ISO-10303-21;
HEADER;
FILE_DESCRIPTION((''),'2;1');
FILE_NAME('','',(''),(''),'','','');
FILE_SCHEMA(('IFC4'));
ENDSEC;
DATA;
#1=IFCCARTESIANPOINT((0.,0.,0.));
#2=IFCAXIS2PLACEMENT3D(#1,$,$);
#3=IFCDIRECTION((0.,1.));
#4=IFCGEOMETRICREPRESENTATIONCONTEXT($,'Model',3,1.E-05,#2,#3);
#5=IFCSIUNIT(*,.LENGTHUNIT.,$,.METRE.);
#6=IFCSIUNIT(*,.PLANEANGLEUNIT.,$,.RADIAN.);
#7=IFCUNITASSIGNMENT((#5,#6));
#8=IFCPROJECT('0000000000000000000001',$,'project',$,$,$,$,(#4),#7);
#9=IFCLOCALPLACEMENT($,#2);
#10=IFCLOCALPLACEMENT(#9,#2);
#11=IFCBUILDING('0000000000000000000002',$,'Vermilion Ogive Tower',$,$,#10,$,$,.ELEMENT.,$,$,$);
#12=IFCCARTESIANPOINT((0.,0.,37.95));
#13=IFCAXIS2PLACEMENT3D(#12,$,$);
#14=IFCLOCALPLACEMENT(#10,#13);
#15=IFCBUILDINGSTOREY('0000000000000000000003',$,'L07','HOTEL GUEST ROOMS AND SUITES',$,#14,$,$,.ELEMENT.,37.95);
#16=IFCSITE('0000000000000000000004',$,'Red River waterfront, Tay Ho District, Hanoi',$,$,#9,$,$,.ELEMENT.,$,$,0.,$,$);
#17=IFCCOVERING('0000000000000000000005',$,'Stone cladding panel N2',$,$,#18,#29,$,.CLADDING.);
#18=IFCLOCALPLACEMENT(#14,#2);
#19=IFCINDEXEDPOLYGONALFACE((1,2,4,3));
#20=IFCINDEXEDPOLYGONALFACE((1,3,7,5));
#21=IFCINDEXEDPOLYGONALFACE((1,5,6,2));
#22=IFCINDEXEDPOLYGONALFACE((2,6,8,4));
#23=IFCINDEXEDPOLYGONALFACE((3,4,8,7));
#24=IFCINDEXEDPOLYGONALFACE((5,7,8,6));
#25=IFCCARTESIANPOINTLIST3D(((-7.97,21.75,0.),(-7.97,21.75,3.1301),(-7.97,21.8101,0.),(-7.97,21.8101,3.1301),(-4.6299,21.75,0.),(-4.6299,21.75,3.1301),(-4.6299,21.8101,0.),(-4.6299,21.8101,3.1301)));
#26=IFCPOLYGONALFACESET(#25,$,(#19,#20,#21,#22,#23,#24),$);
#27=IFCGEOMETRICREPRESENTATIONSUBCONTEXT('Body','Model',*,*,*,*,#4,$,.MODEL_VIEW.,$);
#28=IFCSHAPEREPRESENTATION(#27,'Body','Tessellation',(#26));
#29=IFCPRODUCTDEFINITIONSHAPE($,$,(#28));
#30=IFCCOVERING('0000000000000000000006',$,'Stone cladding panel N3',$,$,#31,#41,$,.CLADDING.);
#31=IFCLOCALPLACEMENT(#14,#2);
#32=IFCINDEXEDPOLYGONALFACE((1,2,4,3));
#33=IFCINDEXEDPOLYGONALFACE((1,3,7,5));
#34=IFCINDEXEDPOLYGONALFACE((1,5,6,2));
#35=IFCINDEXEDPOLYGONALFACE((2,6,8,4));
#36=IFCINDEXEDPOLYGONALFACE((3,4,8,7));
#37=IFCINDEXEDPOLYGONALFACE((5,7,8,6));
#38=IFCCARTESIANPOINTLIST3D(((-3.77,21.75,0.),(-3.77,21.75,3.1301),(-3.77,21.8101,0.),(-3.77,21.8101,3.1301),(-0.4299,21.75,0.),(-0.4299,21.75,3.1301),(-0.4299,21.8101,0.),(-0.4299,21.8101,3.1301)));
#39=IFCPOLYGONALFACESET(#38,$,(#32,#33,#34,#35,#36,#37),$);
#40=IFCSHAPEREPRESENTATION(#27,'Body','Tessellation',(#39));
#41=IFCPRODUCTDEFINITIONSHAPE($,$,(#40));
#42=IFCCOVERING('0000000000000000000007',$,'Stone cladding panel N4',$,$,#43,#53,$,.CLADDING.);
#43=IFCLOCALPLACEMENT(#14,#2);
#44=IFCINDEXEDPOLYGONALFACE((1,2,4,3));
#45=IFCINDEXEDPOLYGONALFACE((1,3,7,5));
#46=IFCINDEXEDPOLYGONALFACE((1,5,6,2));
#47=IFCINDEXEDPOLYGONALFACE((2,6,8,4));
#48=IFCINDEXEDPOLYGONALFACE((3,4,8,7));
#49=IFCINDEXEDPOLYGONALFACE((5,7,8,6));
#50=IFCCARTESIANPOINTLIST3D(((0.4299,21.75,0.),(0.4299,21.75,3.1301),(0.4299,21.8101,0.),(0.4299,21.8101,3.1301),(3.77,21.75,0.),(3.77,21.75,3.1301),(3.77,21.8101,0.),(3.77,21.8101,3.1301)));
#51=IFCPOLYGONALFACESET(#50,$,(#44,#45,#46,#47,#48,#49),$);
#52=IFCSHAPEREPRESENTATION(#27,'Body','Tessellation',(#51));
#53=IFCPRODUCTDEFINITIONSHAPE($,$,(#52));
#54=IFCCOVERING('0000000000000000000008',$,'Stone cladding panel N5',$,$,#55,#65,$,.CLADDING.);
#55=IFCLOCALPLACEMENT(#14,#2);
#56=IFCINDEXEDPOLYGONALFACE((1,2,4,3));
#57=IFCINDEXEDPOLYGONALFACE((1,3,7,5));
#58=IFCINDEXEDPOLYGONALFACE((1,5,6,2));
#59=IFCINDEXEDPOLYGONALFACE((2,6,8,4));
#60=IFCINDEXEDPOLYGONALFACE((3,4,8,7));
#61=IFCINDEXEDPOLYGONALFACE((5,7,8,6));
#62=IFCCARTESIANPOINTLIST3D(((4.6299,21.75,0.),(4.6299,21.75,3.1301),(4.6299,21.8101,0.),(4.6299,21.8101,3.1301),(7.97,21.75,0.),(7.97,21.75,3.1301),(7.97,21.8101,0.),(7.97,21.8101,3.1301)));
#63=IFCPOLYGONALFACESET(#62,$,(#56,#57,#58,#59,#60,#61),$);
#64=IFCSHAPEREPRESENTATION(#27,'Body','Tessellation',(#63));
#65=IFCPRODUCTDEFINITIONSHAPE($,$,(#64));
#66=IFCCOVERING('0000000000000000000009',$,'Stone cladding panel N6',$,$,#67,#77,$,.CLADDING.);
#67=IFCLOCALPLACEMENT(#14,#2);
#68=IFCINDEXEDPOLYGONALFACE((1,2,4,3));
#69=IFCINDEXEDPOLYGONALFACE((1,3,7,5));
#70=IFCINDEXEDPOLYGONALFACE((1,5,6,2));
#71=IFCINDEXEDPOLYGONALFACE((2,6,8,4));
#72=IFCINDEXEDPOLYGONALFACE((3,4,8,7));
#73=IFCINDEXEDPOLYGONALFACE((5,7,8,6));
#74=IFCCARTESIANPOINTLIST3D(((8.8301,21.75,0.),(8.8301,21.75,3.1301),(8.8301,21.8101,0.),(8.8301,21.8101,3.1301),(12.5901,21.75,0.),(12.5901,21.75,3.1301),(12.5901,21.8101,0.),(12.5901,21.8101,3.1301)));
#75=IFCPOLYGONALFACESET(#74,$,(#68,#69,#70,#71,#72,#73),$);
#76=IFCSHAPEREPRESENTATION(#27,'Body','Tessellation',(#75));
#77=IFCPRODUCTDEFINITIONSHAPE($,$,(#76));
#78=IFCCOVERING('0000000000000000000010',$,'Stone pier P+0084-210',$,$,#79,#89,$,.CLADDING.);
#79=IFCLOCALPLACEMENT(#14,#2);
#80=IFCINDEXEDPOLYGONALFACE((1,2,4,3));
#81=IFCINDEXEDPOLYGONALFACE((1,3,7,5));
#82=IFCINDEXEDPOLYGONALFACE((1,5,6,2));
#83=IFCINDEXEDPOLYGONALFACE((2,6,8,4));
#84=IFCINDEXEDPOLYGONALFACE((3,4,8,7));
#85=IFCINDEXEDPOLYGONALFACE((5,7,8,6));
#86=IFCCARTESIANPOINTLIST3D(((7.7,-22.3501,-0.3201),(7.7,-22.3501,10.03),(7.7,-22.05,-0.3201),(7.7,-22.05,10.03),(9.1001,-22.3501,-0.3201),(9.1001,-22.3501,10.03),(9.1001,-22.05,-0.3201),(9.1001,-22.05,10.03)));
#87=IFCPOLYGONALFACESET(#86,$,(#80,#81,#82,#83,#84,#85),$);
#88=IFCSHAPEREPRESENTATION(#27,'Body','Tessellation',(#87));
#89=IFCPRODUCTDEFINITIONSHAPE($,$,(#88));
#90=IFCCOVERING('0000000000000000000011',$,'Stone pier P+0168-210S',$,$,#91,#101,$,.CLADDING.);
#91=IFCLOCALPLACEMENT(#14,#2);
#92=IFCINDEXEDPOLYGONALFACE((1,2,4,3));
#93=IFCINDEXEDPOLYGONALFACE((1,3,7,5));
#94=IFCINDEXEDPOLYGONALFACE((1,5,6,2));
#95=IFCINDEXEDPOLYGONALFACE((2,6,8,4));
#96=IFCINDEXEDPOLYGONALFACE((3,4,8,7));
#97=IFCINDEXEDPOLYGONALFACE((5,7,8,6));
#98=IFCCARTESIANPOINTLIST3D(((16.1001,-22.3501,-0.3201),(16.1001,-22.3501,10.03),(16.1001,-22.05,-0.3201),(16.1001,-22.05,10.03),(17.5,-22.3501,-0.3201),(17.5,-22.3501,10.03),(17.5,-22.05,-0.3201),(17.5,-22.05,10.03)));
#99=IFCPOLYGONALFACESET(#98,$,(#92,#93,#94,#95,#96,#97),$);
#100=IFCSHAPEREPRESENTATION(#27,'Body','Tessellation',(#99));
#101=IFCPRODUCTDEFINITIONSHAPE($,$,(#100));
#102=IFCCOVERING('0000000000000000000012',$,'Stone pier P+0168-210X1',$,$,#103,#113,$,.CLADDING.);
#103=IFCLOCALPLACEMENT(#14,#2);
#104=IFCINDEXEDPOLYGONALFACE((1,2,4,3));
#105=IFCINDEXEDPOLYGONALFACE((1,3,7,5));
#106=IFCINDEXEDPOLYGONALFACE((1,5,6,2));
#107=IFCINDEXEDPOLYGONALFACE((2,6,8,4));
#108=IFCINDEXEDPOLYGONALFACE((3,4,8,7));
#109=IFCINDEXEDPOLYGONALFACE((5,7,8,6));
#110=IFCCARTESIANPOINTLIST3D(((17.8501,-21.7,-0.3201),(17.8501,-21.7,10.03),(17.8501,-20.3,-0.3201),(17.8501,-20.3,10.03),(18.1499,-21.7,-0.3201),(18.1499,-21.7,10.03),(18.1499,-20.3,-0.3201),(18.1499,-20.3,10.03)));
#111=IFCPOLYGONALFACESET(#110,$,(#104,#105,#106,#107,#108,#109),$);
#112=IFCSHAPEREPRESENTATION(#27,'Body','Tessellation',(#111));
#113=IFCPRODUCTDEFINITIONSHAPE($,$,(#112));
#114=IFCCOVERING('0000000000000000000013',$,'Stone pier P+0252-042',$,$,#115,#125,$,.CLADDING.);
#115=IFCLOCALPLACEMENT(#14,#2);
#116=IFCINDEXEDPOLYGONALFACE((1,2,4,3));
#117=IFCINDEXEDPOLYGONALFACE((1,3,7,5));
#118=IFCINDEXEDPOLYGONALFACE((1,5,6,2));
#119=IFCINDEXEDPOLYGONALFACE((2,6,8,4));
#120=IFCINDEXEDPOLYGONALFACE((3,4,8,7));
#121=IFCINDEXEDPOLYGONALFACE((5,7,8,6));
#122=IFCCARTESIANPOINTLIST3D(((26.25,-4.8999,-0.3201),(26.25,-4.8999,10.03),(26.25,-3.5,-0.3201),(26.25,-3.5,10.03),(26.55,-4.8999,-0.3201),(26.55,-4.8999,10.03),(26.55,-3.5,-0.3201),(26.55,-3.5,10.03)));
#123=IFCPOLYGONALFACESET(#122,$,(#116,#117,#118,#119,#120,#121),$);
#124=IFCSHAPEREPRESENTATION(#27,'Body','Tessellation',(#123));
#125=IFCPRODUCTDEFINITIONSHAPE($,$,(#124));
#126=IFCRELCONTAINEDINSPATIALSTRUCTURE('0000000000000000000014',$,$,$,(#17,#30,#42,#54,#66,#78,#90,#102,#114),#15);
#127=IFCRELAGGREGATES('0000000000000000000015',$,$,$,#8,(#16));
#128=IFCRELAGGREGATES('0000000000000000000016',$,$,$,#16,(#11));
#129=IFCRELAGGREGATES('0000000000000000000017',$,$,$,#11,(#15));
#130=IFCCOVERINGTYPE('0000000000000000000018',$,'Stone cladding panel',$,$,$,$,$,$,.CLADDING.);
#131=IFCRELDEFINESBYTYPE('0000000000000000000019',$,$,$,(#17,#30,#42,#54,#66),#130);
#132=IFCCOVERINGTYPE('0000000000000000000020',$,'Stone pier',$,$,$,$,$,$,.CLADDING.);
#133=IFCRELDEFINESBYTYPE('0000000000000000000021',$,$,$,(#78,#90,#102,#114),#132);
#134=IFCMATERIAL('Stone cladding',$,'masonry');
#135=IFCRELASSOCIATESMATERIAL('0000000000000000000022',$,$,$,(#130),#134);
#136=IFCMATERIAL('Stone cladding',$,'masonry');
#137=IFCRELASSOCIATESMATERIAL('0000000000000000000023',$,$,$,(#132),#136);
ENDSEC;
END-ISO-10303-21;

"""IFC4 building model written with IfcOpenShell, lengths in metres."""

from ifc_helpers import new_model, si_unit, direction, frame, origin, place, context, subcontext, project, spatial, polyline, outline, extrude, material, type_object, element, save


model = new_model("IFC4")

# Units and contexts
model_context = context("Model", 3, precision=1e-05, world=origin(), true_north=direction((0.0, 1.0)))
body_context = subcontext(model_context, "Body", "Model", "MODEL_VIEW")
ifc_project = project(units=[si_unit("LENGTHUNIT", "METRE"), si_unit("PLANEANGLEUNIT", "RADIAN")], contexts=[model_context])

# Site, building, storey
site_placement = place(None, origin())
site = spatial("IfcSite", under=ifc_project, at=site_placement, Name="Red River waterfront, Tay Ho District, Hanoi", CompositionType="ELEMENT", RefElevation=0.0)
building_placement = place(site_placement, origin())
building = spatial("IfcBuilding", under=site, at=building_placement, Name="Vermilion Ogive Tower", CompositionType="ELEMENT")
storey_placement = place(building_placement, frame((0.0, 0.0, 37.95)))
storey = spatial("IfcBuildingStorey", under=building, at=storey_placement, Name="L07", Description="HOTEL GUEST ROOMS AND SUITES", CompositionType="ELEMENT", Elevation=37.95)

# Coverings
ifc_material_1 = material(Name="Stone cladding", Category="masonry")
covering_type_1 = type_object("IfcCoveringType", Name="Stone cladding panel", PredefinedType="CLADDING", material=ifc_material_1)
covering_1_placement = place(storey_placement, origin())
element("IfcCovering", 1, at=covering_1_placement, inside=storey, type_object=covering_type_1, Name="Stone cladding panel N2", PredefinedType="CLADDING", context=body_context, shape_type="SweptSolid", body=[
    extrude(outline(polyline([(-7.97, 21.75), (-4.6299, 21.75), (-4.6299, 21.8101), (-7.97, 21.8101), (-7.97, 21.75)])), origin(), (0.0, 0.0, 1.0), 3.1301),
])
covering_2_placement = place(storey_placement, origin())
element("IfcCovering", 2, at=covering_2_placement, inside=storey, type_object=covering_type_1, Name="Stone cladding panel N3", PredefinedType="CLADDING", context=body_context, shape_type="SweptSolid", body=[
    extrude(outline(polyline([(-3.77, 21.75), (-0.4299, 21.75), (-0.4299, 21.8101), (-3.77, 21.8101), (-3.77, 21.75)])), origin(), (0.0, 0.0, 1.0), 3.1301),
])
covering_3_placement = place(storey_placement, origin())
element("IfcCovering", 3, at=covering_3_placement, inside=storey, type_object=covering_type_1, Name="Stone cladding panel N4", PredefinedType="CLADDING", context=body_context, shape_type="SweptSolid", body=[
    extrude(outline(polyline([(0.4299, 21.75), (3.77, 21.75), (3.77, 21.8101), (0.4299, 21.8101), (0.4299, 21.75)])), origin(), (0.0, 0.0, 1.0), 3.1301),
])
covering_4_placement = place(storey_placement, origin())
element("IfcCovering", 4, at=covering_4_placement, inside=storey, type_object=covering_type_1, Name="Stone cladding panel N5", PredefinedType="CLADDING", context=body_context, shape_type="SweptSolid", body=[
    extrude(outline(polyline([(4.6299, 21.75), (7.97, 21.75), (7.97, 21.8101), (4.6299, 21.8101), (4.6299, 21.75)])), origin(), (0.0, 0.0, 1.0), 3.1301),
])
covering_5_placement = place(storey_placement, origin())
element("IfcCovering", 5, at=covering_5_placement, inside=storey, type_object=covering_type_1, Name="Stone cladding panel N6", PredefinedType="CLADDING", context=body_context, shape_type="SweptSolid", body=[
    extrude(outline(polyline([(8.8301, 21.75), (12.5901, 21.75), (12.5901, 21.8101), (8.8301, 21.8101), (8.8301, 21.75)])), origin(), (0.0, 0.0, 1.0), 3.1301),
])
ifc_material_2 = material(Name="Stone cladding", Category="masonry")
covering_type_2 = type_object("IfcCoveringType", Name="Stone pier", PredefinedType="CLADDING", material=ifc_material_2)
covering_6_placement = place(storey_placement, frame((0.0, 0.0, -0.3201)))
element("IfcCovering", 6, at=covering_6_placement, inside=storey, type_object=covering_type_2, Name="Stone pier P+0084-210", PredefinedType="CLADDING", context=body_context, shape_type="SweptSolid", body=[
    extrude(outline(polyline([(9.1001, -22.3501), (7.7, -22.3501), (7.7, -22.05), (9.1001, -22.05), (9.1001, -22.3501)])), origin(), (0.0, 0.0, 1.0), 10.3501),
])
covering_7_placement = place(storey_placement, frame((0.0, 0.0, -0.3201)))
element("IfcCovering", 7, at=covering_7_placement, inside=storey, type_object=covering_type_2, Name="Stone pier P+0168-210S", PredefinedType="CLADDING", context=body_context, shape_type="SweptSolid", body=[
    extrude(outline(polyline([(17.5, -22.3501), (16.1001, -22.3501), (16.1001, -22.05), (17.5, -22.05), (17.5, -22.3501)])), origin(), (0.0, 0.0, 1.0), 10.3501),
])
covering_8_placement = place(storey_placement, frame((0.0, 0.0, -0.3201)))
element("IfcCovering", 8, at=covering_8_placement, inside=storey, type_object=covering_type_2, Name="Stone pier P+0168-210X1", PredefinedType="CLADDING", context=body_context, shape_type="SweptSolid", body=[
    extrude(outline(polyline([(18.1499, -21.7), (17.8501, -21.7), (17.8501, -20.3), (18.1499, -20.3), (18.1499, -21.7)])), origin(), (0.0, 0.0, 1.0), 10.3501),
])
covering_9_placement = place(storey_placement, frame((0.0, 0.0, -0.3201)))
element("IfcCovering", 9, at=covering_9_placement, inside=storey, type_object=covering_type_2, Name="Stone pier P+0252-042", PredefinedType="CLADDING", context=body_context, shape_type="SweptSolid", body=[
    extrude(outline(polyline([(26.55, -3.5), (26.55, -4.8999), (26.25, -4.8999), (26.25, -3.5), (26.55, -3.5)])), origin(), (0.0, 0.0, 1.0), 10.3501),
])

save(model, "model.ifc")
